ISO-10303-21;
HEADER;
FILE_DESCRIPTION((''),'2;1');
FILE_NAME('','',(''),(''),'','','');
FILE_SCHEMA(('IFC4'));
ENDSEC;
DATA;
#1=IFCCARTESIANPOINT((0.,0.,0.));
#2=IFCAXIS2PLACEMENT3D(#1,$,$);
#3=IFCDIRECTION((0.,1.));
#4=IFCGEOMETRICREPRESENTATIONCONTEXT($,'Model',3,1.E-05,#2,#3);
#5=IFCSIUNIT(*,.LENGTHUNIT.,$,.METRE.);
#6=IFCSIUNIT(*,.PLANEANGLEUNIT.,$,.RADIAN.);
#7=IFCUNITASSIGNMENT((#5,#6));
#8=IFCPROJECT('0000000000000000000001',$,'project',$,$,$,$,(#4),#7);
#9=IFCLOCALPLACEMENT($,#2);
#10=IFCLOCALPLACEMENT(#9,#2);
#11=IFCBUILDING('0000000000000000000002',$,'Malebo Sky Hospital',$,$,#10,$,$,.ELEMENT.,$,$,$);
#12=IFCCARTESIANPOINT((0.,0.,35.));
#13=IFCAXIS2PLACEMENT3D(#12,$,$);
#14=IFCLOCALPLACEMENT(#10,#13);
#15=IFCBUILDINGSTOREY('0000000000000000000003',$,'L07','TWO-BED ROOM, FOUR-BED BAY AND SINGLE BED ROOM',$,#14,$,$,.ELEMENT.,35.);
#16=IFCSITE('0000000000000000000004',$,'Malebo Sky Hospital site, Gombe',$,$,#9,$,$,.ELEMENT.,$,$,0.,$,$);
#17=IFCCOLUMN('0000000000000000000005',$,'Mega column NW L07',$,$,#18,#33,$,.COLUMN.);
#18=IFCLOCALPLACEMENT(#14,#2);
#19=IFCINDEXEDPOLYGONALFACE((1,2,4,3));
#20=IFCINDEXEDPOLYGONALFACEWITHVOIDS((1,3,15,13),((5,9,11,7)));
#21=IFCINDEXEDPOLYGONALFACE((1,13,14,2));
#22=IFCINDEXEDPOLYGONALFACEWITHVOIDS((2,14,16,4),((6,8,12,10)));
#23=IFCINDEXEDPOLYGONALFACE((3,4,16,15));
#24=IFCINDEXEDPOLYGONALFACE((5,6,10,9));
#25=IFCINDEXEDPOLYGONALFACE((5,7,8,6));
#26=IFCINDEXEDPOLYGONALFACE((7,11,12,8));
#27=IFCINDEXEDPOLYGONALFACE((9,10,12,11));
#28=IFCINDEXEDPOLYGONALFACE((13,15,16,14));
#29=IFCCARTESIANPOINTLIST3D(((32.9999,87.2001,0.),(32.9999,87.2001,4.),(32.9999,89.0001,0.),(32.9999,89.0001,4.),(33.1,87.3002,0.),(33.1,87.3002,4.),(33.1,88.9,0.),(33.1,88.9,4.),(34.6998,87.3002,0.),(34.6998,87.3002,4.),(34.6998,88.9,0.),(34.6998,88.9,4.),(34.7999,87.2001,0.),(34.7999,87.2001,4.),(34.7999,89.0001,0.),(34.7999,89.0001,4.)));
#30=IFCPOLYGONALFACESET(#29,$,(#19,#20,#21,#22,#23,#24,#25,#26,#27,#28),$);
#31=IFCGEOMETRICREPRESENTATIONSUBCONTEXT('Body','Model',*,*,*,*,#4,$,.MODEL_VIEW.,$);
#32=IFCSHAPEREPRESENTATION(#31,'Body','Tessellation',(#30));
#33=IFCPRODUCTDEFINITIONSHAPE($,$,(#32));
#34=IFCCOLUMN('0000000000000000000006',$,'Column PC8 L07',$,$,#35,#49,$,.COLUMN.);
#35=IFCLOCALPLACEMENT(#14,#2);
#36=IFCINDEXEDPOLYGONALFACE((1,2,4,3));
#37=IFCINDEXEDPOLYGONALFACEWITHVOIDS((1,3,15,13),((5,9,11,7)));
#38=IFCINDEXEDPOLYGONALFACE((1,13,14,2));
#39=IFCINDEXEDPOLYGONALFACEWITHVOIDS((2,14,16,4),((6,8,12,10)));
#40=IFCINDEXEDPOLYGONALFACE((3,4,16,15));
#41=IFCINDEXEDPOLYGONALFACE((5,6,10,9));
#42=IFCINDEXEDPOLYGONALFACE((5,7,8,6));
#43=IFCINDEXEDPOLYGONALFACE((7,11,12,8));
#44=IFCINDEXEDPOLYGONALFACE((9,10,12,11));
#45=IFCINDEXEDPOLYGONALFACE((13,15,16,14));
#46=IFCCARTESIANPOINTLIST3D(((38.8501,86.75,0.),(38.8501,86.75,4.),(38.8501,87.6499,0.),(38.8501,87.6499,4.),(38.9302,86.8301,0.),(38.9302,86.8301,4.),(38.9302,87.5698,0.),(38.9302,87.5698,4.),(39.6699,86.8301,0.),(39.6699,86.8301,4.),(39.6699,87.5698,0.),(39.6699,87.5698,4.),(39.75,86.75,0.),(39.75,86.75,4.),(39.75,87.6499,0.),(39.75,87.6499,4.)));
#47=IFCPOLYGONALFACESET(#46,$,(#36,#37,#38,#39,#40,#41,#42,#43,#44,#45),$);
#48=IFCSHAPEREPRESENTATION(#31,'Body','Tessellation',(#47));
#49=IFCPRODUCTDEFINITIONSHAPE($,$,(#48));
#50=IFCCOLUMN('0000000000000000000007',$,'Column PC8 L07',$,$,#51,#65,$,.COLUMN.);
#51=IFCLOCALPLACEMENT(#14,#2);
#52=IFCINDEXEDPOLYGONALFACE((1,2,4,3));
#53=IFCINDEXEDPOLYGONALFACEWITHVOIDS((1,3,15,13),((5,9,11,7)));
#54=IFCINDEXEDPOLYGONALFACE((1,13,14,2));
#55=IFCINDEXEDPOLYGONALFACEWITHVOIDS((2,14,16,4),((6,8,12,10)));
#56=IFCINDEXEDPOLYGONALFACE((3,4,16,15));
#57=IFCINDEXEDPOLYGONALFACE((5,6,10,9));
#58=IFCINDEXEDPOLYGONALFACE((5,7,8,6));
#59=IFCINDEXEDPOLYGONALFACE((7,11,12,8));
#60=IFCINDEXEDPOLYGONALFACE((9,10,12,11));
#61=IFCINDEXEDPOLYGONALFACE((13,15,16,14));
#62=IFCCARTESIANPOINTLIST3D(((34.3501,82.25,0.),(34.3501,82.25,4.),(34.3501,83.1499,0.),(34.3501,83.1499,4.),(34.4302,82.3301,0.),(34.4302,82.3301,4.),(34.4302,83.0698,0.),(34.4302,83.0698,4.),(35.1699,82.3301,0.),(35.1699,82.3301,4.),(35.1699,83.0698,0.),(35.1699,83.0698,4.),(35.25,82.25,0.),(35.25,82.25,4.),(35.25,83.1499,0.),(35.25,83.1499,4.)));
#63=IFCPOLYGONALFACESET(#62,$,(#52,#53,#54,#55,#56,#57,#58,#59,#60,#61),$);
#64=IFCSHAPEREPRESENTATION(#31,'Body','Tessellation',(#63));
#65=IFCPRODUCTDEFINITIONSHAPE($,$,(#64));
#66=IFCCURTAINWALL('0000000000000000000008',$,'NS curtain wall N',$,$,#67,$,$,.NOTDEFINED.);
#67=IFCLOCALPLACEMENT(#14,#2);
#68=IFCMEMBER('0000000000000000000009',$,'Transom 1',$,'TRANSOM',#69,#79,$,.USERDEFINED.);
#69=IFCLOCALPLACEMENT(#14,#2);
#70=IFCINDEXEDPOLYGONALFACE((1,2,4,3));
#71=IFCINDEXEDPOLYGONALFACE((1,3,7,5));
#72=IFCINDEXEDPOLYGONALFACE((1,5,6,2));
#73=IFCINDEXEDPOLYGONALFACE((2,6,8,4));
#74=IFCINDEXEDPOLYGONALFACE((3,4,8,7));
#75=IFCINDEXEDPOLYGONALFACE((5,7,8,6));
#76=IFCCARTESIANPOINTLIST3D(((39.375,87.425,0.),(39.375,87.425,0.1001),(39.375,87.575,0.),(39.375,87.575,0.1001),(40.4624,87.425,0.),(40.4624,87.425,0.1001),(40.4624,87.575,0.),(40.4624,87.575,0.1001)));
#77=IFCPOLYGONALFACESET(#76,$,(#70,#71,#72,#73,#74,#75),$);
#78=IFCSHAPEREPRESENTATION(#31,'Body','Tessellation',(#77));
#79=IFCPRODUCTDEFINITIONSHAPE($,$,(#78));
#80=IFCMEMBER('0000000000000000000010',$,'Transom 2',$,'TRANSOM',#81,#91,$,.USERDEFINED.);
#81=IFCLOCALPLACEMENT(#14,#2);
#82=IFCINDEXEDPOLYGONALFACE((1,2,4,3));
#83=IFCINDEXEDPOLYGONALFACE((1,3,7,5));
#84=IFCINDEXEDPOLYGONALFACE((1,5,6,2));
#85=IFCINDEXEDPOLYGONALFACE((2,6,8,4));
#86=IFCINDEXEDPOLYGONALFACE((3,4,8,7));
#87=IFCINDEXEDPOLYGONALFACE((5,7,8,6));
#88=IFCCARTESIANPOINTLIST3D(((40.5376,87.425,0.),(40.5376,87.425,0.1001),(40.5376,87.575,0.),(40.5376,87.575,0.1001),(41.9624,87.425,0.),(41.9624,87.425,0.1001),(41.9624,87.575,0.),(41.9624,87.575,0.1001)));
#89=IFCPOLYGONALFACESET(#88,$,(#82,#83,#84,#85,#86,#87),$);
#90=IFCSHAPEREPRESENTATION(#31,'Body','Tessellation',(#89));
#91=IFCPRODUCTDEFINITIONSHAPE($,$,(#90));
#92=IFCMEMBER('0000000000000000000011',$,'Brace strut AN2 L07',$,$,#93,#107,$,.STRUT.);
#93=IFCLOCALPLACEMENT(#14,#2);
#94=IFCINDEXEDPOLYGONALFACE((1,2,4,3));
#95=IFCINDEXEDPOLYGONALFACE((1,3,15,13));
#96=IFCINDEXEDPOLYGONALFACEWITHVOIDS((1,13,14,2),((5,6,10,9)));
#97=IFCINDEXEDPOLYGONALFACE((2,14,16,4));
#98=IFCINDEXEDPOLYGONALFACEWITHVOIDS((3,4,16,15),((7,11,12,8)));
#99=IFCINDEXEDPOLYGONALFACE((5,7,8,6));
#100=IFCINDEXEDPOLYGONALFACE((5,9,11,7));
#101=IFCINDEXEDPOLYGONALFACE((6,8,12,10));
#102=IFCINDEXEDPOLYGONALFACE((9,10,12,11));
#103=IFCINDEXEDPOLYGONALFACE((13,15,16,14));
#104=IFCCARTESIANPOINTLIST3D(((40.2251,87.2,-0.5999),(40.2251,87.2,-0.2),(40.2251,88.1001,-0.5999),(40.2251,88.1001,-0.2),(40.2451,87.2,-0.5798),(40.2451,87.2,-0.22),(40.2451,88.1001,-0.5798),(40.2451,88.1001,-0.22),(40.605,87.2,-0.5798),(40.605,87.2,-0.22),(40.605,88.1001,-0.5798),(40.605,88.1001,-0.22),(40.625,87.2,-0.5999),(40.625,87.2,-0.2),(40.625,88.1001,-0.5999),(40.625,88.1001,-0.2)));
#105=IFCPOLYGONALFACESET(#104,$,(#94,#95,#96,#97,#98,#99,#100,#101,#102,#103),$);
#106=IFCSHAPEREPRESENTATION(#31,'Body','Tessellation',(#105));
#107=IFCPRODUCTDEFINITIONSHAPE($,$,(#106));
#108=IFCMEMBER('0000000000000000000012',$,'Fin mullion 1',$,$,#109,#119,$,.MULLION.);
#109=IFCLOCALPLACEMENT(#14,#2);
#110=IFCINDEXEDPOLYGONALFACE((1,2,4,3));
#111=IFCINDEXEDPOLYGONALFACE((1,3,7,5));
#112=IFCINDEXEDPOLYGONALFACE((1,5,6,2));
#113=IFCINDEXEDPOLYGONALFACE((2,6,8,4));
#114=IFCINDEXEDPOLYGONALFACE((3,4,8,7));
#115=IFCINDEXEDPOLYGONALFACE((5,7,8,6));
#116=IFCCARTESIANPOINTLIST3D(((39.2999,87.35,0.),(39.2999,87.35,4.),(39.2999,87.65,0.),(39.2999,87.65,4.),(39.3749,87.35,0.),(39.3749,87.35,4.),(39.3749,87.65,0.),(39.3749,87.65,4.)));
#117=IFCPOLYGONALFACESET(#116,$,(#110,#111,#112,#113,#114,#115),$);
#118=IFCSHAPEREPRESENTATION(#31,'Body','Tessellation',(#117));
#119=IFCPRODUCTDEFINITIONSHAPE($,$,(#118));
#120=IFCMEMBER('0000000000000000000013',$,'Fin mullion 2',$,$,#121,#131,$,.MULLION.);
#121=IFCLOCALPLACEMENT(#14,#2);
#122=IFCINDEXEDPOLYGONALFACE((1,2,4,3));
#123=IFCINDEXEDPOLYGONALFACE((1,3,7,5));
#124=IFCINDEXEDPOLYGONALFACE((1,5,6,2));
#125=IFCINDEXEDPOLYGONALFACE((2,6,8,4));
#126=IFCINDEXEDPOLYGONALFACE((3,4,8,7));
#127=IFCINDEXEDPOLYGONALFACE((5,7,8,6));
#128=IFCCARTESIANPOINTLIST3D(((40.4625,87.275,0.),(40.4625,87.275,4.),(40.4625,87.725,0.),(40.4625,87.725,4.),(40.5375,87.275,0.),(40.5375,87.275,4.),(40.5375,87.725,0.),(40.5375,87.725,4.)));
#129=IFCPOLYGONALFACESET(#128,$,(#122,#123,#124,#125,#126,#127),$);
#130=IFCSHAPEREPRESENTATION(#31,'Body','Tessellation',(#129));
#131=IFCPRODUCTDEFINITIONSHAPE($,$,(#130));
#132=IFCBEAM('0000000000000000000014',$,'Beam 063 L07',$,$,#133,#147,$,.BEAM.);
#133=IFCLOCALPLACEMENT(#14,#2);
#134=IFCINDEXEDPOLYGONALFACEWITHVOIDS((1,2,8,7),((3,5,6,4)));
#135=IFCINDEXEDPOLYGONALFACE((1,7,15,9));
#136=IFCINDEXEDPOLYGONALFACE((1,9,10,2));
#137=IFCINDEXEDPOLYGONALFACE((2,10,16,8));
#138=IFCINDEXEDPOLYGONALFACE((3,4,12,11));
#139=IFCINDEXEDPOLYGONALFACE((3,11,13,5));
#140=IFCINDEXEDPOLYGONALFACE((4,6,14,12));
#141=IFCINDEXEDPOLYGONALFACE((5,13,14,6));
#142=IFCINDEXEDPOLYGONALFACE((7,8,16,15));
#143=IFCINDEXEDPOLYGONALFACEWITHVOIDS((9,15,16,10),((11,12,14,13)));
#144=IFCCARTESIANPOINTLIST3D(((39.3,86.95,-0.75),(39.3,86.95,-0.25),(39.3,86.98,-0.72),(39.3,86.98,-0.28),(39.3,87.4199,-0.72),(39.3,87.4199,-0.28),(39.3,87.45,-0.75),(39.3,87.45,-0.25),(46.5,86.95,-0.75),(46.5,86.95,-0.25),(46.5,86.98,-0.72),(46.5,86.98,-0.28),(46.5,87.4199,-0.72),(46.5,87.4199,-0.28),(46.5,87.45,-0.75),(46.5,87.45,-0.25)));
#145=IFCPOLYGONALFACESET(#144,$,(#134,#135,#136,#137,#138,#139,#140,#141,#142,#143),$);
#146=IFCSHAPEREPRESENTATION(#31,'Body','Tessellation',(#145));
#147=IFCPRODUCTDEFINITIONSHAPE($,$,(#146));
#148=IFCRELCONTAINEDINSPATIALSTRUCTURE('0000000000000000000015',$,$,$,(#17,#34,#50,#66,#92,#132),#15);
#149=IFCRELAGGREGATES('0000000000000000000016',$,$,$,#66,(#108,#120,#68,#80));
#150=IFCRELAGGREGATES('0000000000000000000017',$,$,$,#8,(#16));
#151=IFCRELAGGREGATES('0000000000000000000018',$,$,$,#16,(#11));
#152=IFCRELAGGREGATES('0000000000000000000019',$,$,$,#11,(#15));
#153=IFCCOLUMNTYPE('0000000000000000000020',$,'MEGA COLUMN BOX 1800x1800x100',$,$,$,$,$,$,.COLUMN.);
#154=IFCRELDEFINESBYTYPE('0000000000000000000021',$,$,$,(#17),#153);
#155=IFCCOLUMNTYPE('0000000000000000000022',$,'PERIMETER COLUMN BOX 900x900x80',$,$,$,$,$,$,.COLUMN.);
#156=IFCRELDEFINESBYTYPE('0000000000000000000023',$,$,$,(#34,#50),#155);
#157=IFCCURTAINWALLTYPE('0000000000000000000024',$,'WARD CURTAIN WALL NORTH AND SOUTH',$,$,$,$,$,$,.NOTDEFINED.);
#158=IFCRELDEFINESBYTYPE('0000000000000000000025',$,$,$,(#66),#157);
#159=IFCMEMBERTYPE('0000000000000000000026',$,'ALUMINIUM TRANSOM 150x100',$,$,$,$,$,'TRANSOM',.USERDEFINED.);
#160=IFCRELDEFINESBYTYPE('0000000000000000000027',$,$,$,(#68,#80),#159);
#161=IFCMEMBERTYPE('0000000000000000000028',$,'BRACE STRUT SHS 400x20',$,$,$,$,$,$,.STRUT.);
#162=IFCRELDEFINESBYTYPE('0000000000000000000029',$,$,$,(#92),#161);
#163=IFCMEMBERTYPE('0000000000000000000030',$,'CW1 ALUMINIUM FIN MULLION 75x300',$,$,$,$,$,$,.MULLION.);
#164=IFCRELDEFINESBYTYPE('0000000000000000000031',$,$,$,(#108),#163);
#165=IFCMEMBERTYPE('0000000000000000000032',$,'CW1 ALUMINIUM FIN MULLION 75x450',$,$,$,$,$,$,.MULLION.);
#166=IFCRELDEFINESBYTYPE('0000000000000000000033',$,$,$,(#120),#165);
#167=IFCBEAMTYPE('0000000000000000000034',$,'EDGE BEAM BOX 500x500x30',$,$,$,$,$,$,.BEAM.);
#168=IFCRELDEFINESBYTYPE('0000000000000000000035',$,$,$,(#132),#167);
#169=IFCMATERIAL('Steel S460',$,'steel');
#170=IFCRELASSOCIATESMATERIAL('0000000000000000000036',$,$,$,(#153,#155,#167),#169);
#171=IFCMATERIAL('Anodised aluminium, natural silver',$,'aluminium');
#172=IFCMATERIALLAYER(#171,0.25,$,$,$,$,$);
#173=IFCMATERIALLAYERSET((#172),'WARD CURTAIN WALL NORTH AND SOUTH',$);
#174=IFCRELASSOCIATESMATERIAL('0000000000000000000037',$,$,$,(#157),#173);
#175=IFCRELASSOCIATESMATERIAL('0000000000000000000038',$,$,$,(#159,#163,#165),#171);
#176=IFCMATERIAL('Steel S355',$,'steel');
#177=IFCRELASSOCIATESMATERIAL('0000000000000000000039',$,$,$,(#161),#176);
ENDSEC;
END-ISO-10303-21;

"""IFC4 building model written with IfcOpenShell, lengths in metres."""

from ifc_helpers import new_model, si_unit, direction, frame, origin, origin_2d, place, context, subcontext, project, spatial, rectangle, hollow_rectangle, extrude, material, layer, layer_set, material_profile, profile_set, type_object, element, aggregate, save


model = new_model("IFC4")

# Units and contexts
model_context = context("Model", 3, precision=1e-05, world=origin(), true_north=direction((0.0, 1.0)))
body_context = subcontext(model_context, "Body", "Model", "MODEL_VIEW")
ifc_project = project(units=[si_unit("LENGTHUNIT", "METRE"), si_unit("PLANEANGLEUNIT", "RADIAN")], contexts=[model_context])

# Site, building, storey
site_placement = place(None, origin())
site = spatial("IfcSite", under=ifc_project, at=site_placement, Name="Malebo Sky Hospital site, Gombe", CompositionType="ELEMENT", RefElevation=0.0)
building_placement = place(site_placement, origin())
building = spatial("IfcBuilding", under=site, at=building_placement, Name="Malebo Sky Hospital", CompositionType="ELEMENT")
storey_placement = place(building_placement, frame((0.0, 0.0, 35.0)))
storey = spatial("IfcBuildingStorey", under=building, at=storey_placement, Name="L07", Description="TWO-BED ROOM, FOUR-BED BAY AND SINGLE BED ROOM", CompositionType="ELEMENT", Elevation=35.0)

# Columns
ifc_material_1 = material(Name="Steel S460", Category="steel")
ifc_material_profile_1 = material_profile(ifc_material_1, hollow_rectangle(XDim=1.8, YDim=1.8, WallThickness=0.1001, at=origin_2d()), Name="BOX 1800x1800x100")
ifc_profile_set_1 = profile_set([ifc_material_profile_1], Name="Steel S460")
column_type_1 = type_object("IfcColumnType", Name="MEGA COLUMN BOX 1800x1800x100", PredefinedType="COLUMN", material=ifc_profile_set_1)
column_placement = place(storey_placement, frame((33.8999, 88.1001, 0.0), z_axis=(0.0, 0.0, 1.0), x_axis=(1.0, 0.0, 0.0)))
element("IfcColumn", 1, at=column_placement, inside=storey, type_object=column_type_1, Name="Mega column NW L07", PredefinedType="COLUMN", context=body_context, shape_type="SweptSolid", body=[
    extrude(hollow_rectangle(XDim=1.8, YDim=1.8, WallThickness=0.1001, at=origin_2d()), origin(), (0.0, 0.0, 1.0), 4.0),
])
ifc_material_profile_2 = material_profile(ifc_material_1, hollow_rectangle(XDim=0.8999, YDim=0.8999, WallThickness=0.0801, at=origin_2d()), Name="BOX 900x900x80")
ifc_profile_set_2 = profile_set([ifc_material_profile_2], Name="Steel S460")
column_type_2 = type_object("IfcColumnType", Name="PERIMETER COLUMN BOX 900x900x80", PredefinedType="COLUMN", material=ifc_profile_set_2)
for number, where, z_axis, x_axis, name in (
    (2, (39.3, 87.2, 0.0), (0.0, 0.0, 1.0), (1.0, 0.0, 0.0), "Column PC8 L07"),
    (3, (34.8, 82.7, 0.0), (0.0, 0.0, 1.0), (1.0, 0.0, 0.0), "Column PC8 L07"),
):
    element("IfcColumn", number, at=place(storey_placement, frame(where, z_axis=z_axis, x_axis=x_axis)), inside=storey, type_object=column_type_2, Name=name, PredefinedType="COLUMN", context=body_context, shape_type="SweptSolid", body=[
        extrude(hollow_rectangle(XDim=0.8999, YDim=0.8999, WallThickness=0.0801, at=origin_2d()), origin(), (0.0, 0.0, 1.0), 4.0),
    ])

# Curtain wall, members
ifc_material_2 = material(Name="Anodised aluminium, natural silver", Category="aluminium")
ifc_layer_1 = layer(ifc_material_2, 0.25)
ifc_layer_set_1 = layer_set([ifc_layer_1], Name="WARD CURTAIN WALL NORTH AND SOUTH")
curtain_wall_type = type_object("IfcCurtainWallType", Name="WARD CURTAIN WALL NORTH AND SOUTH", PredefinedType="NOTDEFINED", material=ifc_layer_set_1)
curtain_wall_placement = place(storey_placement, origin())
curtain_wall = element("IfcCurtainWall", 4, at=curtain_wall_placement, inside=storey, type_object=curtain_wall_type, Name="NS curtain wall N", PredefinedType="NOTDEFINED")
ifc_material_profile_3 = material_profile(ifc_material_2, rectangle(XDim=0.1499, YDim=0.1001, at=origin_2d()), Name="ALUMINIUM TRANSOM 150x100")
ifc_profile_set_3 = profile_set([ifc_material_profile_3], Name="Anodised aluminium, natural silver")
member_type_1 = type_object("IfcMemberType", Name="ALUMINIUM TRANSOM 150x100", ElementType="TRANSOM", PredefinedType="USERDEFINED", material=ifc_profile_set_3)
member_1_placement = place(storey_placement, frame((39.375, 87.5, 0.05), z_axis=(1.0, 0.0, 0.0), x_axis=(0.0, 1.0, 0.0)))
member_1 = element("IfcMember", 5, at=member_1_placement, type_object=member_type_1, Name="Transom 1", ObjectType="TRANSOM", PredefinedType="USERDEFINED", context=body_context, shape_type="SweptSolid", body=[
    extrude(rectangle(XDim=0.1499, YDim=0.1001, at=origin_2d()), origin(), (0.0, 0.0, 1.0), 1.0874),
])
member_2_placement = place(storey_placement, frame((40.5376, 87.5, 0.05), z_axis=(1.0, 0.0, 0.0), x_axis=(0.0, 1.0, 0.0)))
member_2 = element("IfcMember", 6, at=member_2_placement, type_object=member_type_1, Name="Transom 2", ObjectType="TRANSOM", PredefinedType="USERDEFINED", context=body_context, shape_type="SweptSolid", body=[
    extrude(rectangle(XDim=0.1499, YDim=0.1001, at=origin_2d()), origin(), (0.0, 0.0, 1.0), 1.4248),
])

# Members
ifc_material_3 = material(Name="Steel S355", Category="steel")
ifc_material_profile_4 = material_profile(ifc_material_3, hollow_rectangle(XDim=0.3999, YDim=0.3999, WallThickness=0.02, at=origin_2d()), Name="SHS 400x20")
ifc_profile_set_4 = profile_set([ifc_material_profile_4], Name="Steel S355")
member_type_2 = type_object("IfcMemberType", Name="BRACE STRUT SHS 400x20", PredefinedType="STRUT", material=ifc_profile_set_4)
member_3_placement = place(storey_placement, frame((40.425, 88.1001, -0.3999), z_axis=(0.0, -1.0, 0.0), x_axis=(1.0, 0.0, 0.0)))
element("IfcMember", 7, at=member_3_placement, inside=storey, type_object=member_type_2, Name="Brace strut AN2 L07", PredefinedType="STRUT", context=body_context, shape_type="SweptSolid", body=[
    extrude(hollow_rectangle(XDim=0.3999, YDim=0.3999, WallThickness=0.02, at=origin_2d()), origin(), (0.0, 0.0, 1.0), 0.9001),
])
ifc_material_profile_5 = material_profile(ifc_material_2, rectangle(XDim=0.075, YDim=0.3, at=origin_2d()), Name="CW1 ALUMINIUM FIN MULLION 75x300")
ifc_profile_set_5 = profile_set([ifc_material_profile_5], Name="Anodised aluminium, natural silver")
member_type_3 = type_object("IfcMemberType", Name="CW1 ALUMINIUM FIN MULLION 75x300", PredefinedType="MULLION", material=ifc_profile_set_5)
member_4_placement = place(storey_placement, frame((39.3374, 87.5, 0.0), z_axis=(0.0, 0.0, 1.0), x_axis=(1.0, 0.0, 0.0)))
member_4 = element("IfcMember", 8, at=member_4_placement, type_object=member_type_3, Name="Fin mullion 1", PredefinedType="MULLION", context=body_context, shape_type="SweptSolid", body=[
    extrude(rectangle(XDim=0.075, YDim=0.3, at=origin_2d()), origin(), (0.0, 0.0, 1.0), 4.0),
])
ifc_material_profile_6 = material_profile(ifc_material_2, rectangle(XDim=0.075, YDim=0.45, at=origin_2d()), Name="CW1 ALUMINIUM FIN MULLION 75x450")
ifc_profile_set_6 = profile_set([ifc_material_profile_6], Name="Anodised aluminium, natural silver")
member_type_4 = type_object("IfcMemberType", Name="CW1 ALUMINIUM FIN MULLION 75x450", PredefinedType="MULLION", material=ifc_profile_set_6)
member_5_placement = place(storey_placement, frame((40.5, 87.5, 0.0), z_axis=(0.0, 0.0, 1.0), x_axis=(1.0, 0.0, 0.0)))
member_5 = element("IfcMember", 9, at=member_5_placement, type_object=member_type_4, Name="Fin mullion 2", PredefinedType="MULLION", context=body_context, shape_type="SweptSolid", body=[
    extrude(rectangle(XDim=0.075, YDim=0.45, at=origin_2d()), origin(), (0.0, 0.0, 1.0), 4.0),
])

# Beam
ifc_material_profile_7 = material_profile(ifc_material_1, hollow_rectangle(XDim=0.5, YDim=0.5, WallThickness=0.03, at=origin_2d()), Name="BOX 500x500x30")
ifc_profile_set_7 = profile_set([ifc_material_profile_7], Name="Steel S460")
beam_type_1 = type_object("IfcBeamType", Name="EDGE BEAM BOX 500x500x30", PredefinedType="BEAM", material=ifc_profile_set_7)
beam_1_placement = place(storey_placement, frame((39.3, 87.2, -0.5), z_axis=(1.0, 0.0, 0.0), x_axis=(0.0, 1.0, 0.0)))
element("IfcBeam", 10, at=beam_1_placement, inside=storey, type_object=beam_type_1, Name="Beam 063 L07", PredefinedType="BEAM", context=body_context, shape_type="SweptSolid", body=[
    extrude(hollow_rectangle(XDim=0.5, YDim=0.5, WallThickness=0.03, at=origin_2d()), origin(), (0.0, 0.0, 1.0), 7.2),
])

aggregate(curtain_wall, [member_4, member_5, member_1, member_2])

save(model, "model.ifc")
